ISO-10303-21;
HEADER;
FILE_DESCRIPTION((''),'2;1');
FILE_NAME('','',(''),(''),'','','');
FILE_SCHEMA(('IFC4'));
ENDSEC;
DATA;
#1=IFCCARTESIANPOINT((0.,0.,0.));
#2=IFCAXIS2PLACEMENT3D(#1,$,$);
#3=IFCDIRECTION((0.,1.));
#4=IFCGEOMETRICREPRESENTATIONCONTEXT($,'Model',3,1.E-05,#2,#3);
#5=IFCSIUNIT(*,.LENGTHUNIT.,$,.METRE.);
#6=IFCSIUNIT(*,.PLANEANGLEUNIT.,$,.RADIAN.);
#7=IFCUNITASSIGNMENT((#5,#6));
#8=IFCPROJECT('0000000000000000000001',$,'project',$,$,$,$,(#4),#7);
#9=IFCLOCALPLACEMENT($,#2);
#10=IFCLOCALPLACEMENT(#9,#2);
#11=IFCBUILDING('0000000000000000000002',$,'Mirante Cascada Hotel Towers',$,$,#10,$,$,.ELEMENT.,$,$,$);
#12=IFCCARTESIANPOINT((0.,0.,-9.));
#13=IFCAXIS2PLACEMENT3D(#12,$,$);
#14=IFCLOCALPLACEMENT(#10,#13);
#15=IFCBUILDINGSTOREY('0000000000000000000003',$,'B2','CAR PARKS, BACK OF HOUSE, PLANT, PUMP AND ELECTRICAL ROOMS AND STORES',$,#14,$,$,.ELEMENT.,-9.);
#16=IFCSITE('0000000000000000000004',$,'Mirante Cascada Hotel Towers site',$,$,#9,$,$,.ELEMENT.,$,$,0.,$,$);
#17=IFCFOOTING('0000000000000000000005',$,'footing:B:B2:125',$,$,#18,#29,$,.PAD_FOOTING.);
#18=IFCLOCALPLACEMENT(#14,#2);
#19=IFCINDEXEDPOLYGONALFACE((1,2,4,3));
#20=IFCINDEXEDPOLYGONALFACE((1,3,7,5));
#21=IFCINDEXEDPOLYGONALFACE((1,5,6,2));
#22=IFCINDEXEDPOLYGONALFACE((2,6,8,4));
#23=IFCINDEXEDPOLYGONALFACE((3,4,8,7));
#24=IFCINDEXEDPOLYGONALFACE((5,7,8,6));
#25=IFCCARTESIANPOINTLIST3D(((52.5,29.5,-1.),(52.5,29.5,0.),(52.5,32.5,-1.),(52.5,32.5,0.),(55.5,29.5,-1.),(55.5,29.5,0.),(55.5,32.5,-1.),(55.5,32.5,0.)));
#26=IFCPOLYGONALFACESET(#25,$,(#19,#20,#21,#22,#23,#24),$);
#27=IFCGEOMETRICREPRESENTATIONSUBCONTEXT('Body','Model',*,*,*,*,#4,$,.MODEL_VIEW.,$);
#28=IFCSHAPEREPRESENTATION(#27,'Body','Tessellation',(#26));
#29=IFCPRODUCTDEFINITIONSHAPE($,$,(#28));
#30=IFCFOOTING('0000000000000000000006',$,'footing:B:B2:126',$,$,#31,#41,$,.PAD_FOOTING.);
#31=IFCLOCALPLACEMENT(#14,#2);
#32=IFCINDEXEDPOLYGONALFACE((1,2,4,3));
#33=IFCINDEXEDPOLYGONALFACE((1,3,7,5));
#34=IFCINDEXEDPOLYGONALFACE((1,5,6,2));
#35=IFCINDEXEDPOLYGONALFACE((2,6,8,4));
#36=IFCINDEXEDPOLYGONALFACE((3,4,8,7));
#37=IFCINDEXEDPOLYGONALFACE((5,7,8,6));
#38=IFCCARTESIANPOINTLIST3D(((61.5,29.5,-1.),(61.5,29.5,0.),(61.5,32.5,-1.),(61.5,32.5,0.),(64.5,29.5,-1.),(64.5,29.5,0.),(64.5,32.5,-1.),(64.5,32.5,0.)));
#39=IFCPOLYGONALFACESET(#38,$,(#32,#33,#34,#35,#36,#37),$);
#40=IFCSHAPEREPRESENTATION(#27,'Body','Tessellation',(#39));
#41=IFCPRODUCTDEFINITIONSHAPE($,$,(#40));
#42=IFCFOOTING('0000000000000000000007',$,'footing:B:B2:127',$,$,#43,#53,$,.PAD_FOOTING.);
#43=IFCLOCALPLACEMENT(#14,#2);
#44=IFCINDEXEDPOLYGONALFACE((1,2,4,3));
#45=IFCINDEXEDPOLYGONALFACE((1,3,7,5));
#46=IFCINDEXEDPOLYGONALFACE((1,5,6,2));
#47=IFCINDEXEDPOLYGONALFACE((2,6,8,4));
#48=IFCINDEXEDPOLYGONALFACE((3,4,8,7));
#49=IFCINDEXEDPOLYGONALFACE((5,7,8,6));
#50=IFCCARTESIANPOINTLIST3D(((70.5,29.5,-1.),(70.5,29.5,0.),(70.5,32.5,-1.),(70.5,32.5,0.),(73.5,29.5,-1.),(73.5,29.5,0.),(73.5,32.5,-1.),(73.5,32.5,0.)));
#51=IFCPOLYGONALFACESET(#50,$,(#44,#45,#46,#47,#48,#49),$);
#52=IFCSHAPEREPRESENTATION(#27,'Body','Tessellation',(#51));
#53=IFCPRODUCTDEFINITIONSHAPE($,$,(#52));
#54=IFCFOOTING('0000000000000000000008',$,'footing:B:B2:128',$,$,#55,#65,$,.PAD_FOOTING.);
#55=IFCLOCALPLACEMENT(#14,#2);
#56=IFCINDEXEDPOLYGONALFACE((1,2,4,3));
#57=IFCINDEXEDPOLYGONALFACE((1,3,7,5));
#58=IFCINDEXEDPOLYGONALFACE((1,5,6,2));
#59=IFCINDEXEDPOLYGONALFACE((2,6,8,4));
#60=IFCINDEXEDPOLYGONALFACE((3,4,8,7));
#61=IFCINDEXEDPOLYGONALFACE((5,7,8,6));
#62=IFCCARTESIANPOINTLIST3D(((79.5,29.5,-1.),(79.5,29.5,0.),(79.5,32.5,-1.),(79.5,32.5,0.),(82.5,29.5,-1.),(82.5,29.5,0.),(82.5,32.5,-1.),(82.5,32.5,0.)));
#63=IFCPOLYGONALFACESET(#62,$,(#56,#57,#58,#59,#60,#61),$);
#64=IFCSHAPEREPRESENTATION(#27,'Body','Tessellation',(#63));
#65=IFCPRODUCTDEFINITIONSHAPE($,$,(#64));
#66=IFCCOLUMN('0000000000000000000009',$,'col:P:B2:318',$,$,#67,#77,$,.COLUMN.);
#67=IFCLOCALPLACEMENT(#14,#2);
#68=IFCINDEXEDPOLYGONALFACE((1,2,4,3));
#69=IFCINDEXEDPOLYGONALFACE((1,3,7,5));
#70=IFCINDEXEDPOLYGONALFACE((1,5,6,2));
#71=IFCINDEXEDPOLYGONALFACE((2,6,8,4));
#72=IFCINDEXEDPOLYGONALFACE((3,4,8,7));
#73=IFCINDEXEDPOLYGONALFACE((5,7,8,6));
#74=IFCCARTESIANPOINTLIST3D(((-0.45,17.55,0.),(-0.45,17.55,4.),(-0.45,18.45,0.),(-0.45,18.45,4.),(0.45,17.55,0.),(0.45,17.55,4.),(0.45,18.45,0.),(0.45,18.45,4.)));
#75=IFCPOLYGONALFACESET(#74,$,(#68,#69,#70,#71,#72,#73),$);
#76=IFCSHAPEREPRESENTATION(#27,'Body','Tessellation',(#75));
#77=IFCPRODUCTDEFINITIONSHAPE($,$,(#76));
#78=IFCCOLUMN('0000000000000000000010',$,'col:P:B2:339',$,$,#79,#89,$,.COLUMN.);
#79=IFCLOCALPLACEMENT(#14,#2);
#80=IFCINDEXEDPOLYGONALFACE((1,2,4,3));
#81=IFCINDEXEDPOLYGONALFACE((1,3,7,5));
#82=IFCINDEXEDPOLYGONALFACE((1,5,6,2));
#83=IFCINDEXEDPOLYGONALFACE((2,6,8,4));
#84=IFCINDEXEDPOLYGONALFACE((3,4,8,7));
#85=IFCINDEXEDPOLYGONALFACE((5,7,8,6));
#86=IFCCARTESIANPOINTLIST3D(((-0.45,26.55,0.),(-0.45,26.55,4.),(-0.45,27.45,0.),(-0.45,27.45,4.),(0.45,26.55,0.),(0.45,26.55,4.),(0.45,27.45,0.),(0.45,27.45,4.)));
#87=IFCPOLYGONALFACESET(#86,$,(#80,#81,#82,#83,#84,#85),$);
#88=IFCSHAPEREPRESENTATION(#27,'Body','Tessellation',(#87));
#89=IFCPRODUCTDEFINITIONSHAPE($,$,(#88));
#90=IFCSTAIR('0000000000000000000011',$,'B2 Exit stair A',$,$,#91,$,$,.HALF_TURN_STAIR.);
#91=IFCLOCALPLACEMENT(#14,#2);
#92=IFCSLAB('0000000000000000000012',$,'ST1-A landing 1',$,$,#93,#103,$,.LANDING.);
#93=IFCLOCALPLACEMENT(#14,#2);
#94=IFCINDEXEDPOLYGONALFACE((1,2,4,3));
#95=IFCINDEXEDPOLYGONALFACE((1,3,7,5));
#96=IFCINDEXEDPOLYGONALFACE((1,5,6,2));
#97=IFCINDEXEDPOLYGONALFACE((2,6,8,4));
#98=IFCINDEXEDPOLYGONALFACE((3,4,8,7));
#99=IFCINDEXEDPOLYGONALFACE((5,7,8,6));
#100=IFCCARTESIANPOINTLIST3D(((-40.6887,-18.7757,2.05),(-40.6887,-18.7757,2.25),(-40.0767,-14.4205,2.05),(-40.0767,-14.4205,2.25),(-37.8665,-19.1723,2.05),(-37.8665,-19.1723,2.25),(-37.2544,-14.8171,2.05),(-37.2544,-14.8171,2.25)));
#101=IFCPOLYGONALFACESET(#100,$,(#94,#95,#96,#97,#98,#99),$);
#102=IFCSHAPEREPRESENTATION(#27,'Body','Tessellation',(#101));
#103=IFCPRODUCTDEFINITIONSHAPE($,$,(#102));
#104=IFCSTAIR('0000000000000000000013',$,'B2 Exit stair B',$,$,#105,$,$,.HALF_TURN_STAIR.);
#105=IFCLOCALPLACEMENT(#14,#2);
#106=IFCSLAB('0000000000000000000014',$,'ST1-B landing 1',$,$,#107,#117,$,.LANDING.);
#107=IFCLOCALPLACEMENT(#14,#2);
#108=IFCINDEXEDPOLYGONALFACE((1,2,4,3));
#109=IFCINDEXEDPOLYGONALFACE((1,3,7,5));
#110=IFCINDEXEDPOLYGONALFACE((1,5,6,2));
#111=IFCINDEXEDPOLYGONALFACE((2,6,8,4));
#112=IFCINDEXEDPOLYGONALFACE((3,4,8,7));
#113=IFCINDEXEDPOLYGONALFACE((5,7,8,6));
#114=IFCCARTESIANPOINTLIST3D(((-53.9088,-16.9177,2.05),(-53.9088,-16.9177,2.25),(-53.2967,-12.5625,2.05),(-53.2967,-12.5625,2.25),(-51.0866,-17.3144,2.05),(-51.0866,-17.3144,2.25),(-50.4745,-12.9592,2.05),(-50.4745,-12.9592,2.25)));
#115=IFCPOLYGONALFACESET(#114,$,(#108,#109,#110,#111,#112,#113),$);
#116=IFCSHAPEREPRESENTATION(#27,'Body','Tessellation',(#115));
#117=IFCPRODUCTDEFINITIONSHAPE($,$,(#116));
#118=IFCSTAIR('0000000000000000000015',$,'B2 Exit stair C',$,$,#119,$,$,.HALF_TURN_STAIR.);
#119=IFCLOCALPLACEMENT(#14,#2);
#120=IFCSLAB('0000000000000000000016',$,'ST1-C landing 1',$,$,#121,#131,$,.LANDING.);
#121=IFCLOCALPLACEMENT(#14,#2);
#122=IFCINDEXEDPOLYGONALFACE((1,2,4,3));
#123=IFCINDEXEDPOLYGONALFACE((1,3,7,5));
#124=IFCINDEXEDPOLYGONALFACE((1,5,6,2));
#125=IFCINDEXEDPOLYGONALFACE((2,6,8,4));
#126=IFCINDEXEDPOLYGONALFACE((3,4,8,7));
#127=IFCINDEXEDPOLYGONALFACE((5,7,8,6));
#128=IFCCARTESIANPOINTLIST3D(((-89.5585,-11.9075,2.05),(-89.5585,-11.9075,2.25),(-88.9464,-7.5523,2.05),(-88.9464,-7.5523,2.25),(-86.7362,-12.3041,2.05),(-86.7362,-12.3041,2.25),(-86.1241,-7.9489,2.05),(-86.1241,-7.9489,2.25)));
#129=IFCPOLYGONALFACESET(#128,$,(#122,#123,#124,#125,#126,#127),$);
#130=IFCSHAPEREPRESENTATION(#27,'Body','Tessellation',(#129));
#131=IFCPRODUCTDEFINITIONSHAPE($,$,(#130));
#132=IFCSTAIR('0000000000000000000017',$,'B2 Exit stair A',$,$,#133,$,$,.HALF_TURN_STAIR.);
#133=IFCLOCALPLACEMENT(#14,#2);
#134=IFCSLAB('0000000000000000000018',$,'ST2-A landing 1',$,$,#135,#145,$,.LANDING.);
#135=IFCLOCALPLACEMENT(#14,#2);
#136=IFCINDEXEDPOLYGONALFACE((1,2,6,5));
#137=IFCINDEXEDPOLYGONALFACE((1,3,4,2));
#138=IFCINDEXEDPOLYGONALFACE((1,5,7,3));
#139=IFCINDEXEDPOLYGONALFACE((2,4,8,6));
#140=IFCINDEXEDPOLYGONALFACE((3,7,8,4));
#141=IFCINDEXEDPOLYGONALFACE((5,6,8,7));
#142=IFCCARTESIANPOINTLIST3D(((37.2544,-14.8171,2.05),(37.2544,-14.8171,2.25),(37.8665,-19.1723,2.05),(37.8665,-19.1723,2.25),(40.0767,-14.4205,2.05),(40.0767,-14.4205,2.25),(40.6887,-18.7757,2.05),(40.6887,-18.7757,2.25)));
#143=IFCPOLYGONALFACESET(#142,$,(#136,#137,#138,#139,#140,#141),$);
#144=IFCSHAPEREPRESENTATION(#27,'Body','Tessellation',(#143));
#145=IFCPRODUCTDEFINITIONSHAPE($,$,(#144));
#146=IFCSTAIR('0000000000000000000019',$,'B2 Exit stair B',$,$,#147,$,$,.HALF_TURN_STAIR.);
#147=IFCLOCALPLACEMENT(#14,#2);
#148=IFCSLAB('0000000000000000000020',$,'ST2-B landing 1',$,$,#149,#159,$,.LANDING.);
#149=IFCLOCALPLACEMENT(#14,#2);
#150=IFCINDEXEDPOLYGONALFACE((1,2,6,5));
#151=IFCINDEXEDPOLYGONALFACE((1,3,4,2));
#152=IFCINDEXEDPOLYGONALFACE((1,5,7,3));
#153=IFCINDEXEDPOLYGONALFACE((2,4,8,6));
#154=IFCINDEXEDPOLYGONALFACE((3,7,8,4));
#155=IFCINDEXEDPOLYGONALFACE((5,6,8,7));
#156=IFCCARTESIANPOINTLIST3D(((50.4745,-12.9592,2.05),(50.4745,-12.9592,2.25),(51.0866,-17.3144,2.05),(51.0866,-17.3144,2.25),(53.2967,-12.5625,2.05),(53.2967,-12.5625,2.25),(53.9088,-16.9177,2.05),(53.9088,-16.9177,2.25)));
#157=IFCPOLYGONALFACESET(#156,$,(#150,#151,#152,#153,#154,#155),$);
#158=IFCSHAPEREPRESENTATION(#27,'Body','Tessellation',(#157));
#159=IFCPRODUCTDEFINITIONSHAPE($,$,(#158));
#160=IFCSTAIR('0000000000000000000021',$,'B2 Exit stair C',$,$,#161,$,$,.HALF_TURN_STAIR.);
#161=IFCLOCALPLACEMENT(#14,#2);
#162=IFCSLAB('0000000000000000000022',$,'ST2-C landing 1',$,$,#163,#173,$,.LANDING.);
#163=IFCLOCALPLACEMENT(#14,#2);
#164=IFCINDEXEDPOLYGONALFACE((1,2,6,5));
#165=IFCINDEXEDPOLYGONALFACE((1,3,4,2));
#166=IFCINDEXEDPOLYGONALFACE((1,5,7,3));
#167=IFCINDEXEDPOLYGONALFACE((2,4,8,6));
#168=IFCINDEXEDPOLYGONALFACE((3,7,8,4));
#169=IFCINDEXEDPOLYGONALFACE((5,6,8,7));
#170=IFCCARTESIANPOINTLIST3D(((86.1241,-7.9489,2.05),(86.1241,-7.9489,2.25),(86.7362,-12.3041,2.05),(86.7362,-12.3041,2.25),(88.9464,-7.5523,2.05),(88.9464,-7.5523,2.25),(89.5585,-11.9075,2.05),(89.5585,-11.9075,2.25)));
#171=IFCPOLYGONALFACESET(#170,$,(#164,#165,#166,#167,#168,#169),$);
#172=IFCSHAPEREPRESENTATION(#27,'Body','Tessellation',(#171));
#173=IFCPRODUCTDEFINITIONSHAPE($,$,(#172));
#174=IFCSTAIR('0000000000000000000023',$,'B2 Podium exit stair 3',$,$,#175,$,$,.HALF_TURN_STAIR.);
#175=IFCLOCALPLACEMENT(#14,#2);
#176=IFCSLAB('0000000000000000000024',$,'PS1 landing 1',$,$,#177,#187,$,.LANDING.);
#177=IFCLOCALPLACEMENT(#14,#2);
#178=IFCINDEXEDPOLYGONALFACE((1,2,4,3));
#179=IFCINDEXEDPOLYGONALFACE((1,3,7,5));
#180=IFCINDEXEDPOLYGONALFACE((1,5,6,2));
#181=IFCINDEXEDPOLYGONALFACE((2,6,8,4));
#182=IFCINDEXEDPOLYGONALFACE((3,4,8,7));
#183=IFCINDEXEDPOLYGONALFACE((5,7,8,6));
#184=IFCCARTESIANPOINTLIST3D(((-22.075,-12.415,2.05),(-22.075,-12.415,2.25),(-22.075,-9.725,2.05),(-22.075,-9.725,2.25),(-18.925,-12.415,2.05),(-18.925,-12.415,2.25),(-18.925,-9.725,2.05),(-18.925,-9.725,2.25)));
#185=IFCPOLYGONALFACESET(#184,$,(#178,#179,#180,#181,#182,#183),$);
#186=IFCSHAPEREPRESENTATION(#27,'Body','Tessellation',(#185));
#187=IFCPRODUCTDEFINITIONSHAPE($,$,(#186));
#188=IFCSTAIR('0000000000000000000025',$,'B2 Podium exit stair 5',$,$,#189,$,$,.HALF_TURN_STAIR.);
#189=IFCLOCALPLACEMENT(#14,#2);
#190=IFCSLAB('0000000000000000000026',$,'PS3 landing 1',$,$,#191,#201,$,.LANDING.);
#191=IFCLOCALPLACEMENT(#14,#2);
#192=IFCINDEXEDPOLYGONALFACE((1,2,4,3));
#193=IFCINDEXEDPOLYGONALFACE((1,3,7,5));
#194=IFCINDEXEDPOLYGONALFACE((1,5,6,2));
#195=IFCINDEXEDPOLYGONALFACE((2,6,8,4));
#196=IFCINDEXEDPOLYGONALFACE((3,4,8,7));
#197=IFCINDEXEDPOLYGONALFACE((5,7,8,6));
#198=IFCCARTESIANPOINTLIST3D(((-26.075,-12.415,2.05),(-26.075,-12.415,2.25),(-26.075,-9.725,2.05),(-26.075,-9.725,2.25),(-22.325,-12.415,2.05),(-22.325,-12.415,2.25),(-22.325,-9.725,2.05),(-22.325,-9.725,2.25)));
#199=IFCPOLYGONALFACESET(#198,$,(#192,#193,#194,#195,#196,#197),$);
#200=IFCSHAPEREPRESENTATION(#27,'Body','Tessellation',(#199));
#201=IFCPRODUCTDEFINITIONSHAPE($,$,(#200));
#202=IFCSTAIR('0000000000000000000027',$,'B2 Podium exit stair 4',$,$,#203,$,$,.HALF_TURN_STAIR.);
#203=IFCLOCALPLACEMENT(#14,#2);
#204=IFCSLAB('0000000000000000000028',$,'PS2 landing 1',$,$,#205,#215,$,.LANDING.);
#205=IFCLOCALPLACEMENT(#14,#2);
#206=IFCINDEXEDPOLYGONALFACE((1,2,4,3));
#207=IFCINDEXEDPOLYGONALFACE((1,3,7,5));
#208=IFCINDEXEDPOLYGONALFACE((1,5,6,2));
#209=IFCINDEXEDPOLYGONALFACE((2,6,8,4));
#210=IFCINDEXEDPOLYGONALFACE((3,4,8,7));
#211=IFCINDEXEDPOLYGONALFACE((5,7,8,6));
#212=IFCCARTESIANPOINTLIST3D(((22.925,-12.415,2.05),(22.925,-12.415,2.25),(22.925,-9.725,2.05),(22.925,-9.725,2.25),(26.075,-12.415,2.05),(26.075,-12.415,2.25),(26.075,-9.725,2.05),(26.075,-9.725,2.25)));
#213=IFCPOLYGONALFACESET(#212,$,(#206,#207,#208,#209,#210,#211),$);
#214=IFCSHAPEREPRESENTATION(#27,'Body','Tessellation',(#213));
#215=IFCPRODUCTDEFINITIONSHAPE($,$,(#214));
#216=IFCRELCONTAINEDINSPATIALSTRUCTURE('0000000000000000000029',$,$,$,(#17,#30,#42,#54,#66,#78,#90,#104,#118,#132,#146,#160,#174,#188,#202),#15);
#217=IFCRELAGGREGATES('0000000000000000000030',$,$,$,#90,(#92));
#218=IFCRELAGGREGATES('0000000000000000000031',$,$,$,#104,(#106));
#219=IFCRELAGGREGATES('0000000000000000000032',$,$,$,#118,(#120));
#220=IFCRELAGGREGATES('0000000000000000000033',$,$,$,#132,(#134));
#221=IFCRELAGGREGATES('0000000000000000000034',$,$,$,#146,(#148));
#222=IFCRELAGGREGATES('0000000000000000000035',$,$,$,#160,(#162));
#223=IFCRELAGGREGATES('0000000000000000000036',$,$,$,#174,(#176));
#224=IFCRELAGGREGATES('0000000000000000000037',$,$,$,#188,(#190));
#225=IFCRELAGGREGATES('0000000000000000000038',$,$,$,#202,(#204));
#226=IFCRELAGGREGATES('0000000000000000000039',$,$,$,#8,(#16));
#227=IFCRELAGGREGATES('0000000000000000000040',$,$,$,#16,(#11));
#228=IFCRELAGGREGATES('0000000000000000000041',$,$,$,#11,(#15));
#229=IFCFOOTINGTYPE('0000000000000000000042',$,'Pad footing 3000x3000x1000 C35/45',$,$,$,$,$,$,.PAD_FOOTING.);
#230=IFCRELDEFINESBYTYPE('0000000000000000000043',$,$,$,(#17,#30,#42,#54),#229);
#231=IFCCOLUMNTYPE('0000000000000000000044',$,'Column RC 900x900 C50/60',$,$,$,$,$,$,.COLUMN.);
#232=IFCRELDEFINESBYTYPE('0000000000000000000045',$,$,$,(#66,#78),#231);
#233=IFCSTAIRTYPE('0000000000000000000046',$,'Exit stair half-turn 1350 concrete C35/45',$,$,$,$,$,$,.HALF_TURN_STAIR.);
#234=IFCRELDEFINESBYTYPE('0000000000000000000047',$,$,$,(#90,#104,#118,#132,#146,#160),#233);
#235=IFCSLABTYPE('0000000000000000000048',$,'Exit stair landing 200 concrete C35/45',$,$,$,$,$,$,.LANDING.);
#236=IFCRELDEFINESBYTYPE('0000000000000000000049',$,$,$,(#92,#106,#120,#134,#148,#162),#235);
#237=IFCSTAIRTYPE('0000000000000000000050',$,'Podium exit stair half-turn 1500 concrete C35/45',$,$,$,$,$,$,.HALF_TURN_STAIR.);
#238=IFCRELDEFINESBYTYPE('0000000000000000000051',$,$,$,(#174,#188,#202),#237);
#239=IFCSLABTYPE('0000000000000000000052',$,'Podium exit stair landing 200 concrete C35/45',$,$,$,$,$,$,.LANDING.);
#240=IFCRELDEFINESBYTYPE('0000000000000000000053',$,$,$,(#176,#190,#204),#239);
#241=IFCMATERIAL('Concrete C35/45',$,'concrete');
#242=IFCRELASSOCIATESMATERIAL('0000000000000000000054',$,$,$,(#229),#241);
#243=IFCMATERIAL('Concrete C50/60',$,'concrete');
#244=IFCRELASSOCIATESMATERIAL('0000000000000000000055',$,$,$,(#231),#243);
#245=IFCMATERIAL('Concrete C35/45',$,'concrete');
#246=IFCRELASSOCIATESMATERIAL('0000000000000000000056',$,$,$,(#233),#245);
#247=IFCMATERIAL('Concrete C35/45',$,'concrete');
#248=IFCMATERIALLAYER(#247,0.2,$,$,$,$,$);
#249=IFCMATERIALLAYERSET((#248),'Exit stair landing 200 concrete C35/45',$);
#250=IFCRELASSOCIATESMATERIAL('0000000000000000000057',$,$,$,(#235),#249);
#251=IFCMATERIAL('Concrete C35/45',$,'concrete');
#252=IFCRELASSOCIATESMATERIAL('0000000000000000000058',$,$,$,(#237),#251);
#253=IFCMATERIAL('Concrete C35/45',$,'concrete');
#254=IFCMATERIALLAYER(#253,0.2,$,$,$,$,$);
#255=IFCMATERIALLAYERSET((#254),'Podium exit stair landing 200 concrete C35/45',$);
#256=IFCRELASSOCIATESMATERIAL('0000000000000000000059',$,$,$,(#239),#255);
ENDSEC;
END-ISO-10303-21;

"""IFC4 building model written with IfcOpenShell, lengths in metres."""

from ifc_helpers import new_model, si_unit, direction, frame, origin, origin_2d, place, context, subcontext, project, spatial, polyline, rectangle, outline, extrude, material, layer, layer_set, material_profile, profile_set, type_object, element, aggregate, save


model = new_model("IFC4")

# Units and contexts
model_context = context("Model", 3, precision=1e-05, world=origin(), true_north=direction((0.0, 1.0)))
body_context = subcontext(model_context, "Body", "Model", "MODEL_VIEW")
ifc_project = project(units=[si_unit("LENGTHUNIT", "METRE"), si_unit("PLANEANGLEUNIT", "RADIAN")], contexts=[model_context])

# Site, building, storey
site_placement = place(None, origin())
site = spatial("IfcSite", under=ifc_project, at=site_placement, Name="Mirante Cascada Hotel Towers site", CompositionType="ELEMENT", RefElevation=0.0)
building_placement = place(site_placement, origin())
building = spatial("IfcBuilding", under=site, at=building_placement, Name="Mirante Cascada Hotel Towers", CompositionType="ELEMENT")
storey_placement = place(building_placement, frame((0.0, 0.0, -9.0)))
storey = spatial("IfcBuildingStorey", under=building, at=storey_placement, Name="B2", Description="CAR PARKS, BACK OF HOUSE, PLANT, PUMP AND ELECTRICAL ROOMS AND STORES", CompositionType="ELEMENT", Elevation=-9.0)

# Footings
ifc_material_1 = material(Name="Concrete C35/45", Category="concrete")
footing_type = type_object("IfcFootingType", Name="Pad footing 3000x3000x1000 C35/45", PredefinedType="PAD_FOOTING", material=ifc_material_1)
footing_1_placement = place(storey_placement, frame((0.0, 0.0, -1.0)))
element("IfcFooting", 1, at=footing_1_placement, inside=storey, type_object=footing_type, Name="footing:B:B2:125", PredefinedType="PAD_FOOTING", context=body_context, shape_type="SweptSolid", body=[
    extrude(outline(polyline([(55.5, 29.5), (55.5, 32.5), (52.5, 32.5), (52.5, 29.5), (55.5, 29.5)])), origin(), (0.0, 0.0, 1.0), 1.0),
])
footing_2_placement = place(storey_placement, frame((0.0, 0.0, -1.0)))
element("IfcFooting", 2, at=footing_2_placement, inside=storey, type_object=footing_type, Name="footing:B:B2:126", PredefinedType="PAD_FOOTING", context=body_context, shape_type="SweptSolid", body=[
    extrude(outline(polyline([(64.5, 29.5), (64.5, 32.5), (61.5, 32.5), (61.5, 29.5), (64.5, 29.5)])), origin(), (0.0, 0.0, 1.0), 1.0),
])
footing_3_placement = place(storey_placement, frame((0.0, 0.0, -1.0)))
element("IfcFooting", 3, at=footing_3_placement, inside=storey, type_object=footing_type, Name="footing:B:B2:127", PredefinedType="PAD_FOOTING", context=body_context, shape_type="SweptSolid", body=[
    extrude(outline(polyline([(73.5, 29.5), (73.5, 32.5), (70.5, 32.5), (70.5, 29.5), (73.5, 29.5)])), origin(), (0.0, 0.0, 1.0), 1.0),
])
footing_4_placement = place(storey_placement, frame((0.0, 0.0, -1.0)))
element("IfcFooting", 4, at=footing_4_placement, inside=storey, type_object=footing_type, Name="footing:B:B2:128", PredefinedType="PAD_FOOTING", context=body_context, shape_type="SweptSolid", body=[
    extrude(outline(polyline([(82.5, 29.5), (82.5, 32.5), (79.5, 32.5), (79.5, 29.5), (82.5, 29.5)])), origin(), (0.0, 0.0, 1.0), 1.0),
])

# Columns
ifc_material_2 = material(Name="Concrete C50/60", Category="concrete")
ifc_material_profile_1 = material_profile(ifc_material_2, rectangle(XDim=0.9, YDim=0.9, at=origin_2d()), Name="RC 900x900")
ifc_profile_set_1 = profile_set([ifc_material_profile_1], Name="Concrete C50/60")
column_type = type_object("IfcColumnType", Name="Column RC 900x900 C50/60", PredefinedType="COLUMN", material=ifc_profile_set_1)
for number, where, z_axis, x_axis, name in (
    (5, (0.0, 18.0, 0.0), (0.0, 0.0, 1.0), (1.0, 0.0, 0.0), "col:P:B2:318"),
    (6, (0.0, 27.0, 0.0), (0.0, 0.0, 1.0), (1.0, 0.0, 0.0), "col:P:B2:339"),
):
    element("IfcColumn", number, at=place(storey_placement, frame(where, z_axis=z_axis, x_axis=x_axis)), inside=storey, type_object=column_type, Name=name, PredefinedType="COLUMN", context=body_context, shape_type="SweptSolid", body=[
        extrude(rectangle(XDim=0.9, YDim=0.9, at=origin_2d()), origin(), (0.0, 0.0, 1.0), 4.0),
    ])

# Stairs, slabs
ifc_material_3 = material(Name="Concrete C35/45", Category="concrete")
stair_type_1 = type_object("IfcStairType", Name="Exit stair half-turn 1350 concrete C35/45", PredefinedType="HALF_TURN_STAIR", material=ifc_material_3)
stair_1_placement = place(storey_placement, origin())
stair_1 = element("IfcStair", 7, at=stair_1_placement, inside=storey, type_object=stair_type_1, Name="B2 Exit stair A", PredefinedType="HALF_TURN_STAIR")
ifc_material_4 = material(Name="Concrete C35/45", Category="concrete")
ifc_layer_1 = layer(ifc_material_4, 0.2)
ifc_layer_set_1 = layer_set([ifc_layer_1], Name="Exit stair landing 200 concrete C35/45")
slab_type_1 = type_object("IfcSlabType", Name="Exit stair landing 200 concrete C35/45", PredefinedType="LANDING", material=ifc_layer_set_1)
slab_1_placement = place(storey_placement, frame((0.0, 0.0, 2.05)))
slab_1 = element("IfcSlab", 8, at=slab_1_placement, type_object=slab_type_1, Name="ST1-A landing 1", PredefinedType="LANDING", context=body_context, shape_type="SweptSolid", body=[
    extrude(outline(polyline([(-40.0767, -14.4205), (-40.6887, -18.7757), (-37.8665, -19.1723), (-37.2544, -14.8171), (-40.0767, -14.4205)])), origin(), (0.0, 0.0, 1.0), 0.2),
])
aggregate(stair_1, [slab_1])
stair_2_placement = place(storey_placement, origin())
stair_2 = element("IfcStair", 9, at=stair_2_placement, inside=storey, type_object=stair_type_1, Name="B2 Exit stair B", PredefinedType="HALF_TURN_STAIR")
slab_2_placement = place(storey_placement, frame((0.0, 0.0, 2.05)))
slab_2 = element("IfcSlab", 10, at=slab_2_placement, type_object=slab_type_1, Name="ST1-B landing 1", PredefinedType="LANDING", context=body_context, shape_type="SweptSolid", body=[
    extrude(outline(polyline([(-53.2967, -12.5625), (-53.9088, -16.9177), (-51.0866, -17.3144), (-50.4745, -12.9592), (-53.2967, -12.5625)])), origin(), (0.0, 0.0, 1.0), 0.2),
])
aggregate(stair_2, [slab_2])
stair_3_placement = place(storey_placement, origin())
stair_3 = element("IfcStair", 11, at=stair_3_placement, inside=storey, type_object=stair_type_1, Name="B2 Exit stair C", PredefinedType="HALF_TURN_STAIR")
slab_3_placement = place(storey_placement, frame((0.0, 0.0, 2.05)))
slab_3 = element("IfcSlab", 12, at=slab_3_placement, type_object=slab_type_1, Name="ST1-C landing 1", PredefinedType="LANDING", context=body_context, shape_type="SweptSolid", body=[
    extrude(outline(polyline([(-88.9464, -7.5523), (-89.5585, -11.9075), (-86.7362, -12.3041), (-86.1241, -7.9489), (-88.9464, -7.5523)])), origin(), (0.0, 0.0, 1.0), 0.2),
])
aggregate(stair_3, [slab_3])
stair_4_placement = place(storey_placement, origin())
stair_4 = element("IfcStair", 13, at=stair_4_placement, inside=storey, type_object=stair_type_1, Name="B2 Exit stair A", PredefinedType="HALF_TURN_STAIR")
slab_4_placement = place(storey_placement, frame((0.0, 0.0, 2.05)))
slab_4 = element("IfcSlab", 14, at=slab_4_placement, type_object=slab_type_1, Name="ST2-A landing 1", PredefinedType="LANDING", context=body_context, shape_type="SweptSolid", body=[
    extrude(outline(polyline([(37.2544, -14.8171), (37.8665, -19.1723), (40.6887, -18.7757), (40.0767, -14.4205), (37.2544, -14.8171)])), origin(), (0.0, 0.0, 1.0), 0.2),
])
aggregate(stair_4, [slab_4])
stair_5_placement = place(storey_placement, origin())
stair_5 = element("IfcStair", 15, at=stair_5_placement, inside=storey, type_object=stair_type_1, Name="B2 Exit stair B", PredefinedType="HALF_TURN_STAIR")
slab_5_placement = place(storey_placement, frame((0.0, 0.0, 2.05)))
slab_5 = element("IfcSlab", 16, at=slab_5_placement, type_object=slab_type_1, Name="ST2-B landing 1", PredefinedType="LANDING", context=body_context, shape_type="SweptSolid", body=[
    extrude(outline(polyline([(50.4745, -12.9592), (51.0866, -17.3144), (53.9088, -16.9177), (53.2967, -12.5625), (50.4745, -12.9592)])), origin(), (0.0, 0.0, 1.0), 0.2),
])
aggregate(stair_5, [slab_5])
stair_6_placement = place(storey_placement, origin())
stair_6 = element("IfcStair", 17, at=stair_6_placement, inside=storey, type_object=stair_type_1, Name="B2 Exit stair C", PredefinedType="HALF_TURN_STAIR")
slab_6_placement = place(storey_placement, frame((0.0, 0.0, 2.05)))
slab_6 = element("IfcSlab", 18, at=slab_6_placement, type_object=slab_type_1, Name="ST2-C landing 1", PredefinedType="LANDING", context=body_context, shape_type="SweptSolid", body=[
    extrude(outline(polyline([(86.1241, -7.9489), (86.7362, -12.3041), (89.5585, -11.9075), (88.9464, -7.5523), (86.1241, -7.9489)])), origin(), (0.0, 0.0, 1.0), 0.2),
])
aggregate(stair_6, [slab_6])
ifc_material_5 = material(Name="Concrete C35/45", Category="concrete")
stair_type_2 = type_object("IfcStairType", Name="Podium exit stair half-turn 1500 concrete C35/45", PredefinedType="HALF_TURN_STAIR", material=ifc_material_5)
stair_7_placement = place(storey_placement, origin())
stair_7 = element("IfcStair", 19, at=stair_7_placement, inside=storey, type_object=stair_type_2, Name="B2 Podium exit stair 3", PredefinedType="HALF_TURN_STAIR")
ifc_material_6 = material(Name="Concrete C35/45", Category="concrete")
ifc_layer_2 = layer(ifc_material_6, 0.2)
ifc_layer_set_2 = layer_set([ifc_layer_2], Name="Podium exit stair landing 200 concrete C35/45")
slab_type_2 = type_object("IfcSlabType", Name="Podium exit stair landing 200 concrete C35/45", PredefinedType="LANDING", material=ifc_layer_set_2)
slab_7_placement = place(storey_placement, frame((0.0, 0.0, 2.05)))
slab_7 = element("IfcSlab", 20, at=slab_7_placement, type_object=slab_type_2, Name="PS1 landing 1", PredefinedType="LANDING", context=body_context, shape_type="SweptSolid", body=[
    extrude(outline(polyline([(-18.925, -12.415), (-18.925, -9.725), (-22.075, -9.725), (-22.075, -12.415), (-18.925, -12.415)])), origin(), (0.0, 0.0, 1.0), 0.2),
])
aggregate(stair_7, [slab_7])
stair_8_placement = place(storey_placement, origin())
stair_8 = element("IfcStair", 21, at=stair_8_placement, inside=storey, type_object=stair_type_2, Name="B2 Podium exit stair 5", PredefinedType="HALF_TURN_STAIR")
slab_8_placement = place(storey_placement, frame((0.0, 0.0, 2.05)))
slab_8 = element("IfcSlab", 22, at=slab_8_placement, type_object=slab_type_2, Name="PS3 landing 1", PredefinedType="LANDING", context=body_context, shape_type="SweptSolid", body=[
    extrude(outline(polyline([(-22.325, -12.415), (-22.325, -9.725), (-26.075, -9.725), (-26.075, -12.415), (-22.325, -12.415)])), origin(), (0.0, 0.0, 1.0), 0.2),
])
aggregate(stair_8, [slab_8])
stair_9_placement = place(storey_placement, origin())
stair_9 = element("IfcStair", 23, at=stair_9_placement, inside=storey, type_object=stair_type_2, Name="B2 Podium exit stair 4", PredefinedType="HALF_TURN_STAIR")
slab_9_placement = place(storey_placement, frame((0.0, 0.0, 2.05)))
slab_9 = element("IfcSlab", 24, at=slab_9_placement, type_object=slab_type_2, Name="PS2 landing 1", PredefinedType="LANDING", context=body_context, shape_type="SweptSolid", body=[
    extrude(outline(polyline([(26.075, -12.415), (26.075, -9.725), (22.925, -9.725), (22.925, -12.415), (26.075, -12.415)])), origin(), (0.0, 0.0, 1.0), 0.2),
])
aggregate(stair_9, [slab_9])

save(model, "model.ifc")
